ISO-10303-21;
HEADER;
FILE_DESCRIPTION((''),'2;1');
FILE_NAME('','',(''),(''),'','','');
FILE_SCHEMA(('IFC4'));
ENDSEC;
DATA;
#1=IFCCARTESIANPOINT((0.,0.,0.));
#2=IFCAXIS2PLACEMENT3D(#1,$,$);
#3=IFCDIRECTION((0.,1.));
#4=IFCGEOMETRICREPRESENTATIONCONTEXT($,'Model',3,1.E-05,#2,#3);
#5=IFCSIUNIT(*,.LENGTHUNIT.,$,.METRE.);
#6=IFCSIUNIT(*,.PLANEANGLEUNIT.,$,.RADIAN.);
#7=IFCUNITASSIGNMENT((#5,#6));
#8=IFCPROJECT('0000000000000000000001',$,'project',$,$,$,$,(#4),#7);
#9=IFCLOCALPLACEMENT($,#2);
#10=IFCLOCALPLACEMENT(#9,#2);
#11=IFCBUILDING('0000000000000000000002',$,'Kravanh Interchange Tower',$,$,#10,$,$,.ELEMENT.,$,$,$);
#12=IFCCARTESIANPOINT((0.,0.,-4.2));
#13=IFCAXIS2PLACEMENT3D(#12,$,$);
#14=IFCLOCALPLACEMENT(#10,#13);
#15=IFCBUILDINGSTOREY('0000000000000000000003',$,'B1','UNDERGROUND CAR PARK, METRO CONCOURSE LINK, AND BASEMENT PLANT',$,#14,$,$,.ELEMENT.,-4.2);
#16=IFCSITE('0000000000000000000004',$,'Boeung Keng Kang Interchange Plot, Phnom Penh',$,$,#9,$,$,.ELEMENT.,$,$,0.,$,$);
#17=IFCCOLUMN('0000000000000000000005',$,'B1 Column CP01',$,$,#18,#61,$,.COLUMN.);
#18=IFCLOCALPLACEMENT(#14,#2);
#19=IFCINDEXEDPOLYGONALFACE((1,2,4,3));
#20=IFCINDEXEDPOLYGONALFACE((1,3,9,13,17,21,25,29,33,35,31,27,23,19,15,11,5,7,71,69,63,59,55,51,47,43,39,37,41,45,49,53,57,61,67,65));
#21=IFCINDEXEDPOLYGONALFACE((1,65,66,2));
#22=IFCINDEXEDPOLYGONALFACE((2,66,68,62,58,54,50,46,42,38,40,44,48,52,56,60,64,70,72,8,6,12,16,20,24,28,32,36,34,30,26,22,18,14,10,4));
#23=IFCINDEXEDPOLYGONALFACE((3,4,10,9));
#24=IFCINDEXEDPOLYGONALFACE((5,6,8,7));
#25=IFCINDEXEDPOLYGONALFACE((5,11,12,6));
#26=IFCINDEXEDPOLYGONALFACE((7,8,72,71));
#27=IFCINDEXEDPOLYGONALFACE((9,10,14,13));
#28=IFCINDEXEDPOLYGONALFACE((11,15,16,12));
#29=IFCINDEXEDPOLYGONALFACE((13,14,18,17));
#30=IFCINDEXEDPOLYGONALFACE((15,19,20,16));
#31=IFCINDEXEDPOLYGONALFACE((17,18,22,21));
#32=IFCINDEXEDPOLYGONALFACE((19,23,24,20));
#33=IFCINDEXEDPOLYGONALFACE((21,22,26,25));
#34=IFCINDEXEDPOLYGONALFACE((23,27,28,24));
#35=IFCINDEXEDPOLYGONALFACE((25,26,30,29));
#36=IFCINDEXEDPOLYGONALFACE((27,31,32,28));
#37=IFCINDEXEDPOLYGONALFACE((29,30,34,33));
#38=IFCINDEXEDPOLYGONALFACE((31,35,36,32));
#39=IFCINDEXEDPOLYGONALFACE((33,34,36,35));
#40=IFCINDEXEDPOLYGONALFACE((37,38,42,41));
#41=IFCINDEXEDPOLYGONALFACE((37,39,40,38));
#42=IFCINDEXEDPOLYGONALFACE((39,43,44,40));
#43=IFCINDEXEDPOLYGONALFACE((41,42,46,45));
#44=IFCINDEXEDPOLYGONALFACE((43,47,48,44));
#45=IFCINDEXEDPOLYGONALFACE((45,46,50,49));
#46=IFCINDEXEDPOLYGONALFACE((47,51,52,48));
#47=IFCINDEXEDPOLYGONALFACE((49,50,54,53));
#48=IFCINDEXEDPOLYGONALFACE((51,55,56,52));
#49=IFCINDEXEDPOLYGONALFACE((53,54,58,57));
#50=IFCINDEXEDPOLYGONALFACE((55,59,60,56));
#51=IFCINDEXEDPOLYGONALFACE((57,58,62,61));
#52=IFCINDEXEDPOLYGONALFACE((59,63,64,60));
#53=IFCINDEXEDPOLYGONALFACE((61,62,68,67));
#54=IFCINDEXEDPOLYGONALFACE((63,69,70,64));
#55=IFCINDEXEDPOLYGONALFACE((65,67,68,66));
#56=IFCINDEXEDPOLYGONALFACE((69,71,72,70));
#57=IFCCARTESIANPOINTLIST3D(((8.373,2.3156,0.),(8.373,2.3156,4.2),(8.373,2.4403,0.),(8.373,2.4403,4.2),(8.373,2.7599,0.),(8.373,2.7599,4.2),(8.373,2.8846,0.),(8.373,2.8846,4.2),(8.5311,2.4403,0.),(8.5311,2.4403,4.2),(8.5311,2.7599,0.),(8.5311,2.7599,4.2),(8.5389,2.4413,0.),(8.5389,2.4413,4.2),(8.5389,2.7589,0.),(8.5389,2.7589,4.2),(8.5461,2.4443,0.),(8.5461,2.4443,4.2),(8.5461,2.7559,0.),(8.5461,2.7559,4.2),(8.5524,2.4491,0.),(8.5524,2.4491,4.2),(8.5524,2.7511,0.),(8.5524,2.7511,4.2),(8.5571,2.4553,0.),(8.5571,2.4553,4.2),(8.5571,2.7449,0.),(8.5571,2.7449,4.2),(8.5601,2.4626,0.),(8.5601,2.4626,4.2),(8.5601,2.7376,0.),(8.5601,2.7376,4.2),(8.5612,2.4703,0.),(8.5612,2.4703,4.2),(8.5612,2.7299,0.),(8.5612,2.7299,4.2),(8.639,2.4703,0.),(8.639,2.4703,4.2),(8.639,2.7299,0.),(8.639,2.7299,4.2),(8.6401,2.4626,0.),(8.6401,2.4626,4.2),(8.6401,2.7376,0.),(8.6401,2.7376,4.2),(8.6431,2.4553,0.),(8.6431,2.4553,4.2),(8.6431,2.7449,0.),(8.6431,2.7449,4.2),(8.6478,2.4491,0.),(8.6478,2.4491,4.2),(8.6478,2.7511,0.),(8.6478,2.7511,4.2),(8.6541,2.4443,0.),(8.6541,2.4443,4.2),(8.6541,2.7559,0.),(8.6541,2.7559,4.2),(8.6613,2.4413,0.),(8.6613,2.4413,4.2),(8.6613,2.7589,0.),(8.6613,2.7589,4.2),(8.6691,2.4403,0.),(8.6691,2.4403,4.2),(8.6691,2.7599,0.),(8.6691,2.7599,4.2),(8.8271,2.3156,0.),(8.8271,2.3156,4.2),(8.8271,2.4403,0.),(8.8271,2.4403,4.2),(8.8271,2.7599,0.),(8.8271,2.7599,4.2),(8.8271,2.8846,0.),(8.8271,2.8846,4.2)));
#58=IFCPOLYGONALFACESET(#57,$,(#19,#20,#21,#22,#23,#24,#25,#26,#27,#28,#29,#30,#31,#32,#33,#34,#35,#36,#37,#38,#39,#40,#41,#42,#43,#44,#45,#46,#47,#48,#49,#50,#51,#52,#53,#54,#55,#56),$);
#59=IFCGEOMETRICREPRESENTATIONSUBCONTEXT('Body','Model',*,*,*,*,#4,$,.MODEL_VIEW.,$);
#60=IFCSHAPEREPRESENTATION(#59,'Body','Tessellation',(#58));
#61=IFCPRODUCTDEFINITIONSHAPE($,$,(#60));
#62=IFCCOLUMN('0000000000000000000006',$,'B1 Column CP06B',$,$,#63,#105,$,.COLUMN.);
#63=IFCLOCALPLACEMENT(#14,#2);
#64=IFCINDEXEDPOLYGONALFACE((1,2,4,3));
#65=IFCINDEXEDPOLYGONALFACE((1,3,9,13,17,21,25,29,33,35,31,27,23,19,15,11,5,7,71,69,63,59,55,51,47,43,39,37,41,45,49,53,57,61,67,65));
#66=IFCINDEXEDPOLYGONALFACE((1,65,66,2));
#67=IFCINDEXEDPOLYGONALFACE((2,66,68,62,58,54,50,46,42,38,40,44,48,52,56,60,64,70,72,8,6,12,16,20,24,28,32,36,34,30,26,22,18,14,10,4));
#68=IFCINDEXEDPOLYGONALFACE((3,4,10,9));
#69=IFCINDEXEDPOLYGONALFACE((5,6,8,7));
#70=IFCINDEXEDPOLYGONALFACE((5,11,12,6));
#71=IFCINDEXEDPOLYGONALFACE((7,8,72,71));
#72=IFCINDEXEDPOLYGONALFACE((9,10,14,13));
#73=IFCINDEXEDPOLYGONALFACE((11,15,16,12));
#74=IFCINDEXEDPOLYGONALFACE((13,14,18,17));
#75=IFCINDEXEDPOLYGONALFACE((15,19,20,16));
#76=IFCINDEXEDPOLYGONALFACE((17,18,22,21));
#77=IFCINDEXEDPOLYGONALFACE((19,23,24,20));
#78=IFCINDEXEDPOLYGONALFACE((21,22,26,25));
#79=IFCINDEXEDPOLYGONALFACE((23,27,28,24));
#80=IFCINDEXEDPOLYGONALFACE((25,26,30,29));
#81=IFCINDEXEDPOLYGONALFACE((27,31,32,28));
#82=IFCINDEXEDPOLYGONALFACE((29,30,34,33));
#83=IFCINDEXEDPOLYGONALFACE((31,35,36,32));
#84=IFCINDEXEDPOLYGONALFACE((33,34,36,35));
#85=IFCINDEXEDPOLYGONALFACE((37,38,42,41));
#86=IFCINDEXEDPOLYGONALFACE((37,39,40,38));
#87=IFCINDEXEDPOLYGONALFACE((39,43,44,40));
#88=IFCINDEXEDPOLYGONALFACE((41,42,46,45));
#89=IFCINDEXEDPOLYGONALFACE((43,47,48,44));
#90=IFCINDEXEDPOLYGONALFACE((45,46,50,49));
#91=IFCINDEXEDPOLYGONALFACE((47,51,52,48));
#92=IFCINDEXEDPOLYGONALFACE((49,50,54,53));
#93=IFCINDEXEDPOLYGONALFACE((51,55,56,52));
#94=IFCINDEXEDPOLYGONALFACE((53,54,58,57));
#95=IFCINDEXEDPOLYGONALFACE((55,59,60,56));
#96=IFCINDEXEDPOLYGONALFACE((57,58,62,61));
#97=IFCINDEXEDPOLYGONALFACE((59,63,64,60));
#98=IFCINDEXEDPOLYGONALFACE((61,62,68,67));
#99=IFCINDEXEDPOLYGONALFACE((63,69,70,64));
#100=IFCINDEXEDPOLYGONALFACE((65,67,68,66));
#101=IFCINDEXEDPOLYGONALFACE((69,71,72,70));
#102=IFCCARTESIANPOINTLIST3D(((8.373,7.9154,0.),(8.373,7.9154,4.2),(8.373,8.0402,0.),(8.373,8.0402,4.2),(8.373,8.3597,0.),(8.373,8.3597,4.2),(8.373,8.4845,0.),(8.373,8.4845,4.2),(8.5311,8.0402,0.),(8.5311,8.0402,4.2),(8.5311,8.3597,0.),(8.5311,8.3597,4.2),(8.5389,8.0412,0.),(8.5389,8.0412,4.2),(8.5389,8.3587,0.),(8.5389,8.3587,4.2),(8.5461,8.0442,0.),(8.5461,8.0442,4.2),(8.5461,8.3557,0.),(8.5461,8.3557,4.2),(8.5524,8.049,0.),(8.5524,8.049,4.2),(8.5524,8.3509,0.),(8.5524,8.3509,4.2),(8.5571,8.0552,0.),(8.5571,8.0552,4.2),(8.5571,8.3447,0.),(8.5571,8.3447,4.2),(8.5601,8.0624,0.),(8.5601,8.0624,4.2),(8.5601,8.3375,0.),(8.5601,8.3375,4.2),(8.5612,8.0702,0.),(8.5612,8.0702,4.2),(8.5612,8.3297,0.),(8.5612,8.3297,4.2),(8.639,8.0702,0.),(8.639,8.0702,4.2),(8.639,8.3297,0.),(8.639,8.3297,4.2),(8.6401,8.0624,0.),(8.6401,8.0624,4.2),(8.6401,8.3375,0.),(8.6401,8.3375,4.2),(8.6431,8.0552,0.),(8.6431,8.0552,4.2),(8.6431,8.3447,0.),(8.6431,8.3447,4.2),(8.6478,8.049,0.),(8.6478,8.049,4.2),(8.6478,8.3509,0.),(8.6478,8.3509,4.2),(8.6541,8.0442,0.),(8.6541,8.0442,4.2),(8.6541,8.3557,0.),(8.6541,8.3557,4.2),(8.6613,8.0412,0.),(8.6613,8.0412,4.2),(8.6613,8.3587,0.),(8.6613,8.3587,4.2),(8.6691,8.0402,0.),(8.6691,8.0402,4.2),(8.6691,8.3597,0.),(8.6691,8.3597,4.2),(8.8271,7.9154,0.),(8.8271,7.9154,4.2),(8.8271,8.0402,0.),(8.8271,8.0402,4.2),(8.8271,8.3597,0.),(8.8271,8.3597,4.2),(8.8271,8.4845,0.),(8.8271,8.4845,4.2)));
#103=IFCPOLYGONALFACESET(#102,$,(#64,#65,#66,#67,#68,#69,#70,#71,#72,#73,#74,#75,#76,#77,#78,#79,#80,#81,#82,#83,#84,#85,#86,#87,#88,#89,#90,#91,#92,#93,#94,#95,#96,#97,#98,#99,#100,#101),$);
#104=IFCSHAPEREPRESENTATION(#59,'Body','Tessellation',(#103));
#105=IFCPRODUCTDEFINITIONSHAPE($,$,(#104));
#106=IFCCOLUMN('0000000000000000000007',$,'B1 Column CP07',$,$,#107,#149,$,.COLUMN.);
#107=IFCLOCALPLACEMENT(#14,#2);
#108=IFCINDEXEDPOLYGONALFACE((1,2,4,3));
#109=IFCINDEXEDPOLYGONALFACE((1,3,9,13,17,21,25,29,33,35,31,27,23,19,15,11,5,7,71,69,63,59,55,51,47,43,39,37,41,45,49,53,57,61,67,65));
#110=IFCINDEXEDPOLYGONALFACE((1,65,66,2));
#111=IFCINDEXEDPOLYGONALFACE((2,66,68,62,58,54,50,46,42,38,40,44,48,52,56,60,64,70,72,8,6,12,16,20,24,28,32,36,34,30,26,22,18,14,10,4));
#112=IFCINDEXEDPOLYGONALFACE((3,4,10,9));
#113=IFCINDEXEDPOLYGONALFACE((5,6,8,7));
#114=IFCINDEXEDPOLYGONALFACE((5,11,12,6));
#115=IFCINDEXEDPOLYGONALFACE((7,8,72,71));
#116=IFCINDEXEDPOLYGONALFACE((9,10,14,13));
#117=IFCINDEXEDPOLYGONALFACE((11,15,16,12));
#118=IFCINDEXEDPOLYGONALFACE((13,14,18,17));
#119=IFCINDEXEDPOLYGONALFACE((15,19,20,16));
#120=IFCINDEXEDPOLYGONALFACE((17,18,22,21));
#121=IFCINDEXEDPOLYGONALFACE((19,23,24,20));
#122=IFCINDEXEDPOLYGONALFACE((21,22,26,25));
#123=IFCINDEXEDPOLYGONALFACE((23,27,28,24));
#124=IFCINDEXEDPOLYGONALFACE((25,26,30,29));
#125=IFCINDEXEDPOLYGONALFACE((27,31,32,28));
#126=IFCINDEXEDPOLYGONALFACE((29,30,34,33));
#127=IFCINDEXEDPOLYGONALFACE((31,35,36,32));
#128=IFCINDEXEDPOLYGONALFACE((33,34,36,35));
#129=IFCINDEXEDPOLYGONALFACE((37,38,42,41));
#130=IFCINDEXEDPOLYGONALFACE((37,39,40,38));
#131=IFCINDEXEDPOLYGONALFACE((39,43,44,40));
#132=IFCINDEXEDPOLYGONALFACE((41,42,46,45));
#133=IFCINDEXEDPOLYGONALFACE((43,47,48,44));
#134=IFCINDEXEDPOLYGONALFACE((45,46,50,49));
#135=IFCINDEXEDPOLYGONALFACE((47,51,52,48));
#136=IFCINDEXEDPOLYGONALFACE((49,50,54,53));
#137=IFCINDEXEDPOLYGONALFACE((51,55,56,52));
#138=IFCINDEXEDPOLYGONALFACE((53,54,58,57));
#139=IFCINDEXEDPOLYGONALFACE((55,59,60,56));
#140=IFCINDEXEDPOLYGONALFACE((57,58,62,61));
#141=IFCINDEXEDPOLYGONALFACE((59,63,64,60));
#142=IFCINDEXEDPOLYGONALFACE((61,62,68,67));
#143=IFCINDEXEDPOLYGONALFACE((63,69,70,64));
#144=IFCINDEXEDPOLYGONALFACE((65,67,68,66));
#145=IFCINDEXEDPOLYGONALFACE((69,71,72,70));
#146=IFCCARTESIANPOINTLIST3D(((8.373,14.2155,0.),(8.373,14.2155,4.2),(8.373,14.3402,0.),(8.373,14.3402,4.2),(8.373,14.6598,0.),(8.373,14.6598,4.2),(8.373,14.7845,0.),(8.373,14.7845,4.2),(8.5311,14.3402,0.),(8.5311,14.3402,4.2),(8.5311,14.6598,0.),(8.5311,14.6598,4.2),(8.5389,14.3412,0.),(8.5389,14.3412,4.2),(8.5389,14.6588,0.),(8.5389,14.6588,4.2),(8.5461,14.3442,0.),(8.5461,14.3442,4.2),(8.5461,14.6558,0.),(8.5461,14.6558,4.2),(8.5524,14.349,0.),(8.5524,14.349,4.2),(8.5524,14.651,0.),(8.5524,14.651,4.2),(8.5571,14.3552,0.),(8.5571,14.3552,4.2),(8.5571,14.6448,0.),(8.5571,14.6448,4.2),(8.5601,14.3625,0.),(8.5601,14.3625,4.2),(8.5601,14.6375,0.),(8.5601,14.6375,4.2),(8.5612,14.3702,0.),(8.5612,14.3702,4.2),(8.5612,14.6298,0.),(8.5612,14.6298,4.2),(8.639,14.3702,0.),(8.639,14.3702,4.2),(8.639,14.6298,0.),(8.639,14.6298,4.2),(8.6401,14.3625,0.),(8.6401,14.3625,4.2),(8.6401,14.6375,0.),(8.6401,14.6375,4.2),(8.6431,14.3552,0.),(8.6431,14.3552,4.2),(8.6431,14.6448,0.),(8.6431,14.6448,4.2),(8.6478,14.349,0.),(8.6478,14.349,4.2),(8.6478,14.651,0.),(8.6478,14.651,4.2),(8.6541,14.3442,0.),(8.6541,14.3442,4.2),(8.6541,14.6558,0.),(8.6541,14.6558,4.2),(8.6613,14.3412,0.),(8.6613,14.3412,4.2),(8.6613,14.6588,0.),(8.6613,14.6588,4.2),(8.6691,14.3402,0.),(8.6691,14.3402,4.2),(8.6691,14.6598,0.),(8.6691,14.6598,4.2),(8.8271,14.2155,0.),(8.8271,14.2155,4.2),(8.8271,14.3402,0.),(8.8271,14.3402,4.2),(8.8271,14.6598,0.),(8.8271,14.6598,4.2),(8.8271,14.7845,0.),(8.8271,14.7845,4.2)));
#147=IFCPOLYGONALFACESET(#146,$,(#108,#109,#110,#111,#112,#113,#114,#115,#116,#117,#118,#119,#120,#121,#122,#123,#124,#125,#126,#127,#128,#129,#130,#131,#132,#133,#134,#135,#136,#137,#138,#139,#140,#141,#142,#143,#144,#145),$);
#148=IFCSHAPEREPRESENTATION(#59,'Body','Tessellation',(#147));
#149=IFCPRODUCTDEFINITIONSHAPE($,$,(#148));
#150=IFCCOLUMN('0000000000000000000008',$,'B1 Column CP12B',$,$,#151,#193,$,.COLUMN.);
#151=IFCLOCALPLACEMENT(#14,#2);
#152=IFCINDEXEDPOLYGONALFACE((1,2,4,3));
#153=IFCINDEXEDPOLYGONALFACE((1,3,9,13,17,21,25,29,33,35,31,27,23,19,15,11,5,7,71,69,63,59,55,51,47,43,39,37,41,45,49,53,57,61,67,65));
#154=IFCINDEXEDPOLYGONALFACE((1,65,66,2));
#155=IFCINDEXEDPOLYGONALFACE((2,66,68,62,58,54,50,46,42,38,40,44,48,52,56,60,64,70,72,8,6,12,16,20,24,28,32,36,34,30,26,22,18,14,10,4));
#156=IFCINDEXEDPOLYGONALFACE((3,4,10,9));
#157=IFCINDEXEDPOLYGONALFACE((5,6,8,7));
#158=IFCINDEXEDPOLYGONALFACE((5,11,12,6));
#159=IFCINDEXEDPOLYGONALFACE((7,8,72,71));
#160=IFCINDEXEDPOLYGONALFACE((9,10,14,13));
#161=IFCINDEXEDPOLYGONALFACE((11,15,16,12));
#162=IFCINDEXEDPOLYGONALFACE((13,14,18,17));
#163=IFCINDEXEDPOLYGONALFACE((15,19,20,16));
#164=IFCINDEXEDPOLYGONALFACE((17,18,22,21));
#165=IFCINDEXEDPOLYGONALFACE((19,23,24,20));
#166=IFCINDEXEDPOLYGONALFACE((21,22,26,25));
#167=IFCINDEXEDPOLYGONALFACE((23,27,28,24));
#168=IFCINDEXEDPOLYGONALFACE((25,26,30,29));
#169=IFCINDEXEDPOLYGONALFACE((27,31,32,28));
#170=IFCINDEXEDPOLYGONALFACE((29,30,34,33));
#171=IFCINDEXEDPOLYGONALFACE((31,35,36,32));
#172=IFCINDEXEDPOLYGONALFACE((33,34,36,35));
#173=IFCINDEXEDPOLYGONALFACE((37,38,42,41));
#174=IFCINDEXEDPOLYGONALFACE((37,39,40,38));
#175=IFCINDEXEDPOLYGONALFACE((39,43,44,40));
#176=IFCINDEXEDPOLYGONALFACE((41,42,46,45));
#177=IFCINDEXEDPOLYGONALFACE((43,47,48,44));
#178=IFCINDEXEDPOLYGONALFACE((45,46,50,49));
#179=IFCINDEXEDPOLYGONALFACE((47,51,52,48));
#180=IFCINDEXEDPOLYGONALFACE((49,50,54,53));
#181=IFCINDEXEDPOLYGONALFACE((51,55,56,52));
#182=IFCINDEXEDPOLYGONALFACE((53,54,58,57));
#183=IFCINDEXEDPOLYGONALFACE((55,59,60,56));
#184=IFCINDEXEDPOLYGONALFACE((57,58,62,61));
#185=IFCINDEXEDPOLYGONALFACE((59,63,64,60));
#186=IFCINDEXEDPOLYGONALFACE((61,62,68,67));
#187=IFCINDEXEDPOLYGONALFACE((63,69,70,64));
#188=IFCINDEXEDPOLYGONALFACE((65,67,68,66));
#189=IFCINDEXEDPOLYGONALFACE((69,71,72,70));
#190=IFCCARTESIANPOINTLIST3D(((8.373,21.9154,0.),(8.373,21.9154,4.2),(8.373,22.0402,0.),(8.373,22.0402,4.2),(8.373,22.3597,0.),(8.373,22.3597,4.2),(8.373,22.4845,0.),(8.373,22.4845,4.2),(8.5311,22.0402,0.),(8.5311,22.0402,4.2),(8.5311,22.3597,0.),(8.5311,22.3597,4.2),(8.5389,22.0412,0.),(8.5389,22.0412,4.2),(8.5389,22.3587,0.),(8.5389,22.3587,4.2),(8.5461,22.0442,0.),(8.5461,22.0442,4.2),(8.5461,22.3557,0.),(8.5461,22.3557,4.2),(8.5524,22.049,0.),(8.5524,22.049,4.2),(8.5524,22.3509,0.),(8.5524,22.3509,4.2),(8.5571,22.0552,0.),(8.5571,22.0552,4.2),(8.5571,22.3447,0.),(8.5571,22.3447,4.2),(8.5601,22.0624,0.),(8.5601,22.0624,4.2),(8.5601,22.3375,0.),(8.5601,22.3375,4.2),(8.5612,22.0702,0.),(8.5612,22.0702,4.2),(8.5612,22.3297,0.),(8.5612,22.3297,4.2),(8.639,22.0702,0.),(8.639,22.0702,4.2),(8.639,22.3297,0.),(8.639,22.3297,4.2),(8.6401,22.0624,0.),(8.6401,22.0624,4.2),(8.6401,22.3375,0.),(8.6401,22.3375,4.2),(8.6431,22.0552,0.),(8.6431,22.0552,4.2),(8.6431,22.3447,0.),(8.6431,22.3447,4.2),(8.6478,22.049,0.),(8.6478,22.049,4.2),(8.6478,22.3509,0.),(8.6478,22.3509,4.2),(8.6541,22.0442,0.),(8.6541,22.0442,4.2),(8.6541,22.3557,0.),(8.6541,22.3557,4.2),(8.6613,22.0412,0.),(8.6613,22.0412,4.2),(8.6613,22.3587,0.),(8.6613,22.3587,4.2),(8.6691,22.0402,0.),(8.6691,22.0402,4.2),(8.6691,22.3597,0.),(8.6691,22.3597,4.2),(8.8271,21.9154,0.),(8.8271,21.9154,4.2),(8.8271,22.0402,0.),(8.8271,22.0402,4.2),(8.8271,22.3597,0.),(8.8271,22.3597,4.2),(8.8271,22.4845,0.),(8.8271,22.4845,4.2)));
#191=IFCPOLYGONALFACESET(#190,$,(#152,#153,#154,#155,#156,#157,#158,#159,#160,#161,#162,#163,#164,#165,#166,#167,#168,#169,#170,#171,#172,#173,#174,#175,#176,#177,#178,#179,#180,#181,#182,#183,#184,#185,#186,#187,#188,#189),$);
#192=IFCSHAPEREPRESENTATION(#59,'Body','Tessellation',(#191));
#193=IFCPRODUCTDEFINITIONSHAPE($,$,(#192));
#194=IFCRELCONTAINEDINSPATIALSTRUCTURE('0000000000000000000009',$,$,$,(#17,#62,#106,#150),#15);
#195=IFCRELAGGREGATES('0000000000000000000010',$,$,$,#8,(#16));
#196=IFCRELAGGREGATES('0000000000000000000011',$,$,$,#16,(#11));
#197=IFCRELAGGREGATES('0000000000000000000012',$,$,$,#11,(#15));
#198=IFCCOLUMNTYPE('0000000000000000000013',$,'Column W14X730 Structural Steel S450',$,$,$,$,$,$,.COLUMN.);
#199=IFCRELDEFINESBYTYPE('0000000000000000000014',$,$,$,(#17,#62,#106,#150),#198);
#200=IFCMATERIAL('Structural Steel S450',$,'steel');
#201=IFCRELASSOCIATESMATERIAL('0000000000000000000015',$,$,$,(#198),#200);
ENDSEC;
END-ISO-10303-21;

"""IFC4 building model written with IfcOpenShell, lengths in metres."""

from ifc_helpers import new_model, si_unit, direction, frame, origin, origin_2d, place, context, subcontext, project, spatial, i_section, extrude, material, material_profile, profile_set, type_object, element, save


model = new_model("IFC4")

# Units and contexts
model_context = context("Model", 3, precision=1e-05, world=origin(), true_north=direction((0.0, 1.0)))
body_context = subcontext(model_context, "Body", "Model", "MODEL_VIEW")
ifc_project = project(units=[si_unit("LENGTHUNIT", "METRE"), si_unit("PLANEANGLEUNIT", "RADIAN")], contexts=[model_context])

# Site, building, storey
site_placement = place(None, origin())
site = spatial("IfcSite", under=ifc_project, at=site_placement, Name="Boeung Keng Kang Interchange Plot, Phnom Penh", CompositionType="ELEMENT", RefElevation=0.0)
building_placement = place(site_placement, origin())
building = spatial("IfcBuilding", under=site, at=building_placement, Name="Kravanh Interchange Tower", CompositionType="ELEMENT")
storey_placement = place(building_placement, frame((0.0, 0.0, -4.2)))
storey = spatial("IfcBuildingStorey", under=building, at=storey_placement, Name="B1", Description="UNDERGROUND CAR PARK, METRO CONCOURSE LINK, AND BASEMENT PLANT", CompositionType="ELEMENT", Elevation=-4.2)

# Columns
ifc_material_1 = material(Name="Structural Steel S450", Category="steel")
ifc_material_profile_1 = material_profile(ifc_material_1, i_section(OverallWidth=0.4541, OverallDepth=0.5691, WebThickness=0.0779, FlangeThickness=0.1248, FilletRadius=0.03, at=origin_2d()), Name="W14X730")
ifc_profile_set_1 = profile_set([ifc_material_profile_1], Name="Structural Steel S450")
column_type = type_object("IfcColumnType", Name="Column W14X730 Structural Steel S450", PredefinedType="COLUMN", material=ifc_profile_set_1)
for number, where, z_axis, x_axis, name in (
    (1, (8.6001, 2.6001, 0.0), (0.0, 0.0, 1.0), (1.0, 0.0, 0.0), "B1 Column CP01"),
    (2, (8.6001, 8.2, 0.0), (0.0, 0.0, 1.0), (1.0, 0.0, 0.0), "B1 Column CP06B"),
    (3, (8.6001, 14.5, 0.0), (0.0, 0.0, 1.0), (1.0, 0.0, 0.0), "B1 Column CP07"),
    (4, (8.6001, 22.2, 0.0), (0.0, 0.0, 1.0), (1.0, 0.0, 0.0), "B1 Column CP12B"),
):
    element("IfcColumn", number, at=place(storey_placement, frame(where, z_axis=z_axis, x_axis=x_axis)), inside=storey, type_object=column_type, Name=name, PredefinedType="COLUMN", context=body_context, shape_type="SweptSolid", body=[
        extrude(i_section(OverallWidth=0.4541, OverallDepth=0.5691, WebThickness=0.0779, FlangeThickness=0.1248, FilletRadius=0.03, at=origin_2d()), origin(), (0.0, 0.0, 1.0), 4.2),
    ])

save(model, "model.ifc")
